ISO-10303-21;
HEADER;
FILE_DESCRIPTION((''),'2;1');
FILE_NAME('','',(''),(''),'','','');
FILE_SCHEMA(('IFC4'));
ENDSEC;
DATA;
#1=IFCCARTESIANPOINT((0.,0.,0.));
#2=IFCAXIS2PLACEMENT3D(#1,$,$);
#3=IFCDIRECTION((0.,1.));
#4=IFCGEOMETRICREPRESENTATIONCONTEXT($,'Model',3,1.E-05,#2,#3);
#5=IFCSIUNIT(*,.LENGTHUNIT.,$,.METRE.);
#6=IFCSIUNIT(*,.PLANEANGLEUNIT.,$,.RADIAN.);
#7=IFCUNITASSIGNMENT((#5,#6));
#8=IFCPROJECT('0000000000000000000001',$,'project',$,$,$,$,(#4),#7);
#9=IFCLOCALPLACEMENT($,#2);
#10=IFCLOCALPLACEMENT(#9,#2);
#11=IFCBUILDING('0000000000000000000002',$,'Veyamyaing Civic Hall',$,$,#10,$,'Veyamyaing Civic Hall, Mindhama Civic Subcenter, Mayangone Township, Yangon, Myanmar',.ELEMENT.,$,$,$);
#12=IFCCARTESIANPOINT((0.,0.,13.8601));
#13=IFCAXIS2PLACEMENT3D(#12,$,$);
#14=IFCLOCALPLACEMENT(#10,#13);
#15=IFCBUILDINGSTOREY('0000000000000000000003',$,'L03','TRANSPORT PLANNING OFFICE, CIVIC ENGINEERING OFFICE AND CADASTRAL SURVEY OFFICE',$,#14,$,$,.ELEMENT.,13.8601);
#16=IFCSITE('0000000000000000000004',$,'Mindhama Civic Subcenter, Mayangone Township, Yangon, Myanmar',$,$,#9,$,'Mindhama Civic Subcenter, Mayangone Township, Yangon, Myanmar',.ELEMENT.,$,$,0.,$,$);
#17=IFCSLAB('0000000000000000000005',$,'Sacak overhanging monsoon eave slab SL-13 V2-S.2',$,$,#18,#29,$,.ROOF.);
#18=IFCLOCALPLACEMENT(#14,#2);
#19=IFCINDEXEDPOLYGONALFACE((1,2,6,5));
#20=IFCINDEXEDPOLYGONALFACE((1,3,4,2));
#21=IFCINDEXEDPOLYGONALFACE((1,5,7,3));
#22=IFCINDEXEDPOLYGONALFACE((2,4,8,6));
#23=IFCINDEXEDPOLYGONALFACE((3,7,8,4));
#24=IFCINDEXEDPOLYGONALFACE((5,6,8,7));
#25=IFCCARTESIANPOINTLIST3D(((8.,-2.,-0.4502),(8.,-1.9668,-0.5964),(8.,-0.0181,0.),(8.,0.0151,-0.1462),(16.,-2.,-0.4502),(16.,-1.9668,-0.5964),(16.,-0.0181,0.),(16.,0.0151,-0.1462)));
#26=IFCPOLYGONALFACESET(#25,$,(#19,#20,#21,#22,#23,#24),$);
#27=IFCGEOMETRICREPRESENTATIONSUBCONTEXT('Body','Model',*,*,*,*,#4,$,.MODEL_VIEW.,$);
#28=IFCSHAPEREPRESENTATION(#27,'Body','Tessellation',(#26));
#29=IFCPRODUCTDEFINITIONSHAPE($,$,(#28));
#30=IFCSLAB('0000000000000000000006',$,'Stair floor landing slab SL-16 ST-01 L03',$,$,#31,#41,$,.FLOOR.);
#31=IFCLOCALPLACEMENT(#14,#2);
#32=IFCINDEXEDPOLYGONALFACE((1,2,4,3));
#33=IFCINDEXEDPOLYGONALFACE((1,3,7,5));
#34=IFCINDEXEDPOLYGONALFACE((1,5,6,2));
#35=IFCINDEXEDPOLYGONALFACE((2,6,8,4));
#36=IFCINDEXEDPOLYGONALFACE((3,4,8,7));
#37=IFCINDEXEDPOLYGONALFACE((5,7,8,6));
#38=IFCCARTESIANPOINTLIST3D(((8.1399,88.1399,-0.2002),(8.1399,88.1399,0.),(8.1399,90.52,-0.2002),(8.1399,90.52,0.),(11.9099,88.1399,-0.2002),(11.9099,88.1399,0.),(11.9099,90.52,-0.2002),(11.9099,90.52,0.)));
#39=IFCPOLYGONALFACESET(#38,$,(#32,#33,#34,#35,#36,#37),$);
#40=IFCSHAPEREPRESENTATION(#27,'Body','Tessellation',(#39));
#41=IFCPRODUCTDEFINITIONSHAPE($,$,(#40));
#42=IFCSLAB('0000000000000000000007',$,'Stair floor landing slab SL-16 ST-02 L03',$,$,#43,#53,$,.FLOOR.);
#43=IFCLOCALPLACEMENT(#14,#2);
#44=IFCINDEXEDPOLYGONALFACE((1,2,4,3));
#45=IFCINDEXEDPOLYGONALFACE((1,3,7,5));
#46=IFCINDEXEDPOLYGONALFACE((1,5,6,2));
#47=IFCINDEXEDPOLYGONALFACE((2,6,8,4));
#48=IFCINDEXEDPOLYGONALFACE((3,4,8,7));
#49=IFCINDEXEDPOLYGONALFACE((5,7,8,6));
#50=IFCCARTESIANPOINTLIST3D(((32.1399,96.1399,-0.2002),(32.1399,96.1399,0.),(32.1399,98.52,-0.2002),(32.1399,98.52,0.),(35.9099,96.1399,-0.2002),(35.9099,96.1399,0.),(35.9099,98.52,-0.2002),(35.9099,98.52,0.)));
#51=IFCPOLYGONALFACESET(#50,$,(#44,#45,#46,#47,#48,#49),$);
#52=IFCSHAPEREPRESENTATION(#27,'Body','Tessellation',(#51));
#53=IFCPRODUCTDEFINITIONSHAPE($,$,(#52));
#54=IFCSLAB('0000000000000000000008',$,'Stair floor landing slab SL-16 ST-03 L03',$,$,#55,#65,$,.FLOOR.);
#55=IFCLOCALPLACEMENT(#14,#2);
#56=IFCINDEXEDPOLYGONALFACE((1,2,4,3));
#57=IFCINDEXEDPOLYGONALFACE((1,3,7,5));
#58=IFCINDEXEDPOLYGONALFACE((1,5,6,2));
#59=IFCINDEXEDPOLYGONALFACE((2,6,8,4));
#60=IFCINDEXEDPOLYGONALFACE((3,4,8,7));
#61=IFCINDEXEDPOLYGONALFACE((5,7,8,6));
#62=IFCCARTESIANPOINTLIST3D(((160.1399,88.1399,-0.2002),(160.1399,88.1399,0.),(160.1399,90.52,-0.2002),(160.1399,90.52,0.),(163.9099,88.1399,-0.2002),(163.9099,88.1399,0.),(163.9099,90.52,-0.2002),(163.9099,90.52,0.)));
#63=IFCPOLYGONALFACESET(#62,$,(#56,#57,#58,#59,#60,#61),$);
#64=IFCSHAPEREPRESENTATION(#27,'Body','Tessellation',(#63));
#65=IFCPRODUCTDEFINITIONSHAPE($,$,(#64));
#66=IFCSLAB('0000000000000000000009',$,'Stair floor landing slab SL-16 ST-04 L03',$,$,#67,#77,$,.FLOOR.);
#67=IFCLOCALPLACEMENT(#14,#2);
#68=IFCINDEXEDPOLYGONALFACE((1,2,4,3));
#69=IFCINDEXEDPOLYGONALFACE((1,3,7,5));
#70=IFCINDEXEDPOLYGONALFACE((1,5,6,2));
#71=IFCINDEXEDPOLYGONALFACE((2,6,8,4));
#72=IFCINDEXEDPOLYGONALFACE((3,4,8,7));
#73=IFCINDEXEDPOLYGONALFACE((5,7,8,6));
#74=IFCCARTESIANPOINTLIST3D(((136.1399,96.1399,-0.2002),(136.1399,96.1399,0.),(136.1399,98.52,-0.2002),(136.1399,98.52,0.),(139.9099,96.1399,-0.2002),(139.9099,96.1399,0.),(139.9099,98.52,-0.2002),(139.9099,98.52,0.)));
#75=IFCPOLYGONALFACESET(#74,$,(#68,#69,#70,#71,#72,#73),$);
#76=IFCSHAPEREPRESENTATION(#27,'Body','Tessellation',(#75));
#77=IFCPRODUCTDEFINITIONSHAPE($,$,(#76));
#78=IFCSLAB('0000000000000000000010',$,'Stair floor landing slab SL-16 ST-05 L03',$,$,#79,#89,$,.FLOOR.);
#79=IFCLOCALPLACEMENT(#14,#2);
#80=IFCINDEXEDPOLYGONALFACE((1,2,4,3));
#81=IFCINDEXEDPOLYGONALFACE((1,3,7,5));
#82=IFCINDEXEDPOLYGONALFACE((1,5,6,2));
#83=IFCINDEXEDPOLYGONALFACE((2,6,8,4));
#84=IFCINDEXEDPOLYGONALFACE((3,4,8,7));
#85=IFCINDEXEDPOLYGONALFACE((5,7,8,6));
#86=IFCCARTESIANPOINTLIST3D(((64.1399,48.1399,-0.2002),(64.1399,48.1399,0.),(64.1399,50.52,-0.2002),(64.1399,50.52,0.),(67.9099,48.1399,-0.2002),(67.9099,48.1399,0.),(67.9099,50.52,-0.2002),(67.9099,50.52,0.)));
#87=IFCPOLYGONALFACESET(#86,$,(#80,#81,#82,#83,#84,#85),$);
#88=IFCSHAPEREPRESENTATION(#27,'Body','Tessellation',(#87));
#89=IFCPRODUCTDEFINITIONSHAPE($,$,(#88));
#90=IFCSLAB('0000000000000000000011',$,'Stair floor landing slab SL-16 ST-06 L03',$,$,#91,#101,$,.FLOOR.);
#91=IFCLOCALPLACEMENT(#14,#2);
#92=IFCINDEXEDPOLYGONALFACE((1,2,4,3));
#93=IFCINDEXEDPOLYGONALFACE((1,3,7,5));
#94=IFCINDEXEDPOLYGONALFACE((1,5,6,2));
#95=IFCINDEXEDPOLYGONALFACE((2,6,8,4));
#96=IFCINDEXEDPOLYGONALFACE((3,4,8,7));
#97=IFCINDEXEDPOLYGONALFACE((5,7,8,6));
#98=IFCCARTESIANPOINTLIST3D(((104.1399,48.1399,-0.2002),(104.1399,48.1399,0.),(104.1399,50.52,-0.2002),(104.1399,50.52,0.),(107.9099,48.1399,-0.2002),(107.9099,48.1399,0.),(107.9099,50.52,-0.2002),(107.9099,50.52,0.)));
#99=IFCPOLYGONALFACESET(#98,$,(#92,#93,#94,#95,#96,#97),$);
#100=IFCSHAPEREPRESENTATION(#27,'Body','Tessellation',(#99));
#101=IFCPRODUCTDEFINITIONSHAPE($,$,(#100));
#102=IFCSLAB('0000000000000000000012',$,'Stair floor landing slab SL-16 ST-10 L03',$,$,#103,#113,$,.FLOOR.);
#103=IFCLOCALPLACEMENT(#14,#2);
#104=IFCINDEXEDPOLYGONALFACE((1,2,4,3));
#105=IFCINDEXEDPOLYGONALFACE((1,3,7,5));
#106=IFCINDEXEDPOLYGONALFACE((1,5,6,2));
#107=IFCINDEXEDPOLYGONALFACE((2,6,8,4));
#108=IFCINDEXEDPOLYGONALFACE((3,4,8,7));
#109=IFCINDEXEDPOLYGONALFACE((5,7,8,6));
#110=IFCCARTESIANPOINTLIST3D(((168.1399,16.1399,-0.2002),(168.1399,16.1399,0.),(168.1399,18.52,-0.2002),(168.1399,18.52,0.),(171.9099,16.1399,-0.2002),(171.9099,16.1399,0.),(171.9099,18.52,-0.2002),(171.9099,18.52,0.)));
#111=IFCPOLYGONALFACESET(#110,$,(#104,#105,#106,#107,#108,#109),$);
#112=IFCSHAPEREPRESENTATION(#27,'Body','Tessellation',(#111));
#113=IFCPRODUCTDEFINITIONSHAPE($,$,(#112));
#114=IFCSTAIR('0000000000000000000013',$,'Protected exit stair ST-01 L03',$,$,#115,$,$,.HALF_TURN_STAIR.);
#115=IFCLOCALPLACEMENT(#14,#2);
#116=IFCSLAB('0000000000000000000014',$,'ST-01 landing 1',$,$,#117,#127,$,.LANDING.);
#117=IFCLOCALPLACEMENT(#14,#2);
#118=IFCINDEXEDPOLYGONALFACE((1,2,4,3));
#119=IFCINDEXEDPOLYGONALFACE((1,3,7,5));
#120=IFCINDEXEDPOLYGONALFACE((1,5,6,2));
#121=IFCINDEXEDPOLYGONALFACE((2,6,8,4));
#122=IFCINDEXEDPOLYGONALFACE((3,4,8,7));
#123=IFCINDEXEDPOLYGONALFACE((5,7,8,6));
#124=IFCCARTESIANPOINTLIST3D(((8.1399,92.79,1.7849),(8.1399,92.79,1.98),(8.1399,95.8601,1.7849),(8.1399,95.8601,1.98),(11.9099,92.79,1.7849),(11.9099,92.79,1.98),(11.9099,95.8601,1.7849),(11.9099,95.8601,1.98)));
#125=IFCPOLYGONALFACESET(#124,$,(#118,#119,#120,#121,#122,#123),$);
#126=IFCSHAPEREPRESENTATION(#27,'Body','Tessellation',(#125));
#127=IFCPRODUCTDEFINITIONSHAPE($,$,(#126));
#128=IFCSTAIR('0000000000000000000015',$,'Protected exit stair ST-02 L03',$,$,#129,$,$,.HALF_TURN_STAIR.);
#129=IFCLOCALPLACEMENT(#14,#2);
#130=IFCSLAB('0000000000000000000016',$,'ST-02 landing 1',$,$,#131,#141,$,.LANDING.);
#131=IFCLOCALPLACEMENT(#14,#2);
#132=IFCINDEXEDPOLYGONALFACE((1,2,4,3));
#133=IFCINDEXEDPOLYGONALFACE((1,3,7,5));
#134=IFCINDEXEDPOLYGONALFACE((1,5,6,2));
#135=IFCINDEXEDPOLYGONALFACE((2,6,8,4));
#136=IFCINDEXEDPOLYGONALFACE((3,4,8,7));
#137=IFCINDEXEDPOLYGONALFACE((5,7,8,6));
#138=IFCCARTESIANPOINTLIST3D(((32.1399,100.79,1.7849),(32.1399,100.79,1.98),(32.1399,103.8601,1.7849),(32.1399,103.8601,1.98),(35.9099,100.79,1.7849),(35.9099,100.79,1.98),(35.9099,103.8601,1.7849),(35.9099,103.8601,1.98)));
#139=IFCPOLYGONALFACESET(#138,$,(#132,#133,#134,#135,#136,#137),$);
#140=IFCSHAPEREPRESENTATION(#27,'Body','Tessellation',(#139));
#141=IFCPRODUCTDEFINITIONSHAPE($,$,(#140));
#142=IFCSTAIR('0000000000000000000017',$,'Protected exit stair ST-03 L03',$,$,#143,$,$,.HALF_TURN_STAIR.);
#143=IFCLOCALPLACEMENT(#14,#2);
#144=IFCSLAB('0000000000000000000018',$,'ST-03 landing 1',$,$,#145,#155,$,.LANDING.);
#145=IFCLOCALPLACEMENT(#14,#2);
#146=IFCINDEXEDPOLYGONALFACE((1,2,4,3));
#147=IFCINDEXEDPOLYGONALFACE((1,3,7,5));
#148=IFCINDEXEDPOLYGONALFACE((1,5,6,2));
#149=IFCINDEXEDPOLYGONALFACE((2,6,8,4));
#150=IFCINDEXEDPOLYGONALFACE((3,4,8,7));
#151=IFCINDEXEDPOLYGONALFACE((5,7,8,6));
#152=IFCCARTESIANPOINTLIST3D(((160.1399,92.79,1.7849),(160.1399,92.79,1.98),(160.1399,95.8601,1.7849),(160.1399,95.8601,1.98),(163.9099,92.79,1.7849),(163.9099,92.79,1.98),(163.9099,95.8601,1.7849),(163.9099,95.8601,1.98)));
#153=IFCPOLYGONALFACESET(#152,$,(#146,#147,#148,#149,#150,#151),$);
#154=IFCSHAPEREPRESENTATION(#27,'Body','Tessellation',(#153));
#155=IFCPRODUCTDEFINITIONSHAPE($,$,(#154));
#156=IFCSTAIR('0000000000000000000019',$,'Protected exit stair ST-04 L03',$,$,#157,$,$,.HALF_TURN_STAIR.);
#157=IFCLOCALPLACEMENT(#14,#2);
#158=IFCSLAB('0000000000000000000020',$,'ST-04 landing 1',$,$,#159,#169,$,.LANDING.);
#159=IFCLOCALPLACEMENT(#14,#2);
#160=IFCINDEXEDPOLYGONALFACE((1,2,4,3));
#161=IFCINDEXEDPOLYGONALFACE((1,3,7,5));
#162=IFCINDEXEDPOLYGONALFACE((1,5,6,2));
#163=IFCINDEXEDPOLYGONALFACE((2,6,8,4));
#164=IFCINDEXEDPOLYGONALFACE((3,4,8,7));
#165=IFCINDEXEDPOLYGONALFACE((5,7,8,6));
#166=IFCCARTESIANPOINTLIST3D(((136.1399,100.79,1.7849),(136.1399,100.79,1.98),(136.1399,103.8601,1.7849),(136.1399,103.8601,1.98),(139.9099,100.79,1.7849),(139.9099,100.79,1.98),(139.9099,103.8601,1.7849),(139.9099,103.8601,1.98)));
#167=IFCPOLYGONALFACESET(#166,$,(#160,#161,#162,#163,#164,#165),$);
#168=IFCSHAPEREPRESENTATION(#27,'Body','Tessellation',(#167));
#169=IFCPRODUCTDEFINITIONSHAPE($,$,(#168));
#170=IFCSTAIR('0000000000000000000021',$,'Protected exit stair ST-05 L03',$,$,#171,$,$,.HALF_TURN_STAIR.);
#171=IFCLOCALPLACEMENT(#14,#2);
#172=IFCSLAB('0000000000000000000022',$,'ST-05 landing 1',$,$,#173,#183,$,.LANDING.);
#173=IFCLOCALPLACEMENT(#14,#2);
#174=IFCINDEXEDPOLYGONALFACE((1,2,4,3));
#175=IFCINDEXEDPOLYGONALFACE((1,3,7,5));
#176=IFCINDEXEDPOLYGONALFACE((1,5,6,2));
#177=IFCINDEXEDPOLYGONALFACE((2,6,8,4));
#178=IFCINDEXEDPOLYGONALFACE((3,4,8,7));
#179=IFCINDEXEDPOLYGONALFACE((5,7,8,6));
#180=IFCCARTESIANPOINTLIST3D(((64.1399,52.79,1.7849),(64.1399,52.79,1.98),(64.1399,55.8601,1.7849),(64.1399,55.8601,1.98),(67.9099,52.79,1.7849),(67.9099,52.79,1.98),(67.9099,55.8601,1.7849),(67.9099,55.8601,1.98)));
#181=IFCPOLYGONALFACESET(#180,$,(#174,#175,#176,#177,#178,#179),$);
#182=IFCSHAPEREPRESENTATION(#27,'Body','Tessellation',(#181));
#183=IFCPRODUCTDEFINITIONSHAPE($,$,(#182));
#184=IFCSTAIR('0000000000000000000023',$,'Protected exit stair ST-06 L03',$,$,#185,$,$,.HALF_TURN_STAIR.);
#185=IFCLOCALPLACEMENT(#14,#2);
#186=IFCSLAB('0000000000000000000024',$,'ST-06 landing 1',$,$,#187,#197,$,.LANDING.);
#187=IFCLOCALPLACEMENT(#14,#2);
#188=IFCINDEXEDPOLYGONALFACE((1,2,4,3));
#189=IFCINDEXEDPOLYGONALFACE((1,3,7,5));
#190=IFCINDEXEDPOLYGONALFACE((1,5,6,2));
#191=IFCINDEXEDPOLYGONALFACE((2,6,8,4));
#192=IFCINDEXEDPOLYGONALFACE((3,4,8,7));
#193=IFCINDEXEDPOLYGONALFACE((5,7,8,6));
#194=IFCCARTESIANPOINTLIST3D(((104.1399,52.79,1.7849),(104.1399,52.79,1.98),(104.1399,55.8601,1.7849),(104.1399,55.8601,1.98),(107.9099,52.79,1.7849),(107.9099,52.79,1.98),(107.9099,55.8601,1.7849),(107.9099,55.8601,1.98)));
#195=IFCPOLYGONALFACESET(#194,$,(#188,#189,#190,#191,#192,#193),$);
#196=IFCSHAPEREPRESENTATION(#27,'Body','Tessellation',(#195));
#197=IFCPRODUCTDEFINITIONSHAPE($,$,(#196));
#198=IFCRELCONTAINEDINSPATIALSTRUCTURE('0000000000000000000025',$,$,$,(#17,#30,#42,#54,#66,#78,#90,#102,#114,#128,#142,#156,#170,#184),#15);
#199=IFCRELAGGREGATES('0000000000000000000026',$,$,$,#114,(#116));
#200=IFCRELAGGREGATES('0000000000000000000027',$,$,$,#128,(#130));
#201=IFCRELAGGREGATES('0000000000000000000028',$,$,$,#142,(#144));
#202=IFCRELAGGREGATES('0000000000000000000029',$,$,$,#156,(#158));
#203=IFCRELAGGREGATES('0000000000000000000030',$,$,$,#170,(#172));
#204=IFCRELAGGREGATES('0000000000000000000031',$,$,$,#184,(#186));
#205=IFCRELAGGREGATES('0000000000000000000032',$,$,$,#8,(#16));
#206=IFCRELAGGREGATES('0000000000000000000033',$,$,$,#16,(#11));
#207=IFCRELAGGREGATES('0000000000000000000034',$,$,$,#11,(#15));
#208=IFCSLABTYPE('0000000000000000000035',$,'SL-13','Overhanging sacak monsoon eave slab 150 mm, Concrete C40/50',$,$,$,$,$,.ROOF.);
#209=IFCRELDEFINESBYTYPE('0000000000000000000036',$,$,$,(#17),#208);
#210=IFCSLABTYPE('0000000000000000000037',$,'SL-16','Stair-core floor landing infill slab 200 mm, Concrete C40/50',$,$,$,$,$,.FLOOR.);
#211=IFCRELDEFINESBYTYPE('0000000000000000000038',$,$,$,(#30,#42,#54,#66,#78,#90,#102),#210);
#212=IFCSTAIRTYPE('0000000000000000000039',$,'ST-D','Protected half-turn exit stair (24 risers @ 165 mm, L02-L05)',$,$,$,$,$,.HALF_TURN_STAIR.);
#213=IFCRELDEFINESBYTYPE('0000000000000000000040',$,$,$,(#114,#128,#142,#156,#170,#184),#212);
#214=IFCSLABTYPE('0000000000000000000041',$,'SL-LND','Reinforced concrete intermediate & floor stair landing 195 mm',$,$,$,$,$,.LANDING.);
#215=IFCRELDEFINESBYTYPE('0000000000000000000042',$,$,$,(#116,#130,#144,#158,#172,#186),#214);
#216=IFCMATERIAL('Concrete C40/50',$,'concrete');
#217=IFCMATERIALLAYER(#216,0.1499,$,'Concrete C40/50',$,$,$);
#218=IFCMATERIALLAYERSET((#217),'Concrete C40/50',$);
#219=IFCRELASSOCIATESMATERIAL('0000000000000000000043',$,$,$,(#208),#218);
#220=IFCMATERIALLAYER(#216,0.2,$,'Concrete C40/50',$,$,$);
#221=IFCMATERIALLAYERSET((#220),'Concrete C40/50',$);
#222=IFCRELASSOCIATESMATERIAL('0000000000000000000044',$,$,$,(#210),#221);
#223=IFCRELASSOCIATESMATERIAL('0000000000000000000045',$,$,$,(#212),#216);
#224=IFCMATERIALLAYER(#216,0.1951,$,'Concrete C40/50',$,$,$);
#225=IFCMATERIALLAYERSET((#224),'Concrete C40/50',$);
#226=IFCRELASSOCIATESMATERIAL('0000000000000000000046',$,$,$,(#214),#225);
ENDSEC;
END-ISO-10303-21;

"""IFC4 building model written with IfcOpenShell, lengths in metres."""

from ifc_helpers import new_model, si_unit, direction, frame, origin, place, context, subcontext, project, spatial, polyline, outline, extrude, material, layer, layer_set, type_object, element, aggregate, save


model = new_model("IFC4")

# Units and contexts
model_context = context("Model", 3, precision=1e-05, world=origin(), true_north=direction((0.0, 1.0)))
body_context = subcontext(model_context, "Body", "Model", "MODEL_VIEW")
ifc_project = project(units=[si_unit("LENGTHUNIT", "METRE"), si_unit("PLANEANGLEUNIT", "RADIAN")], contexts=[model_context])

# Site, building, storey
site_placement = place(None, origin())
site = spatial("IfcSite", under=ifc_project, at=site_placement, Name="Mindhama Civic Subcenter, Mayangone Township, Yangon, Myanmar", LongName="Mindhama Civic Subcenter, Mayangone Township, Yangon, Myanmar", CompositionType="ELEMENT", RefElevation=0.0)
building_placement = place(site_placement, origin())
building = spatial("IfcBuilding", under=site, at=building_placement, Name="Veyamyaing Civic Hall", LongName="Veyamyaing Civic Hall, Mindhama Civic Subcenter, Mayangone Township, Yangon, Myanmar", CompositionType="ELEMENT")
storey_placement = place(building_placement, frame((0.0, 0.0, 13.8601)))
storey = spatial("IfcBuildingStorey", under=building, at=storey_placement, Name="L03", Description="TRANSPORT PLANNING OFFICE, CIVIC ENGINEERING OFFICE AND CADASTRAL SURVEY OFFICE", CompositionType="ELEMENT", Elevation=13.8601)

# Slabs
ifc_material_1 = material(Name="Concrete C40/50", Category="concrete")
ifc_layer_1 = layer(ifc_material_1, 0.1499, Name="Concrete C40/50")
ifc_layer_set_1 = layer_set([ifc_layer_1], Name="Concrete C40/50")
slab_type_1 = type_object("IfcSlabType", Name="SL-13", Description="Overhanging sacak monsoon eave slab 150 mm, Concrete C40/50", PredefinedType="ROOF", material=ifc_layer_set_1)
slab_1_placement = place(storey_placement, frame((8.0, -2.0, -0.4502), z_axis=(0.0, -0.221507, 0.975159), x_axis=(1.0, 0.0, 0.0)))
element("IfcSlab", 1, at=slab_1_placement, inside=storey, type_object=slab_type_1, Name="Sacak overhanging monsoon eave slab SL-13 V2-S.2", PredefinedType="ROOF", context=body_context, shape_type="SweptSolid", body=[
    extrude(outline(polyline([(0.0, 0.0), (8.0, 0.0), (8.0, 2.0324), (0.0, 2.0324), (0.0, 0.0)])), origin(), (0.0, 0.0, -1.0), 0.1499),
])
ifc_layer_2 = layer(ifc_material_1, 0.2, Name="Concrete C40/50")
ifc_layer_set_2 = layer_set([ifc_layer_2], Name="Concrete C40/50")
slab_type_2 = type_object("IfcSlabType", Name="SL-16", Description="Stair-core floor landing infill slab 200 mm, Concrete C40/50", PredefinedType="FLOOR", material=ifc_layer_set_2)
slab_2_placement = place(storey_placement, frame((0.0, 0.0, -0.2002)))
element("IfcSlab", 2, at=slab_2_placement, inside=storey, type_object=slab_type_2, Name="Stair floor landing slab SL-16 ST-01 L03", PredefinedType="FLOOR", context=body_context, shape_type="SweptSolid", body=[
    extrude(outline(polyline([(8.1399, 88.1399), (11.9099, 88.1399), (11.9099, 90.52), (8.1399, 90.52), (8.1399, 88.1399)])), origin(), (0.0, 0.0, 1.0), 0.2002),
])
slab_3_placement = place(storey_placement, frame((0.0, 0.0, -0.2002)))
element("IfcSlab", 3, at=slab_3_placement, inside=storey, type_object=slab_type_2, Name="Stair floor landing slab SL-16 ST-02 L03", PredefinedType="FLOOR", context=body_context, shape_type="SweptSolid", body=[
    extrude(outline(polyline([(32.1399, 96.1399), (35.9099, 96.1399), (35.9099, 98.52), (32.1399, 98.52), (32.1399, 96.1399)])), origin(), (0.0, 0.0, 1.0), 0.2002),
])
slab_4_placement = place(storey_placement, frame((0.0, 0.0, -0.2002)))
element("IfcSlab", 4, at=slab_4_placement, inside=storey, type_object=slab_type_2, Name="Stair floor landing slab SL-16 ST-03 L03", PredefinedType="FLOOR", context=body_context, shape_type="SweptSolid", body=[
    extrude(outline(polyline([(160.1399, 88.1399), (163.9099, 88.1399), (163.9099, 90.52), (160.1399, 90.52), (160.1399, 88.1399)])), origin(), (0.0, 0.0, 1.0), 0.2002),
])
slab_5_placement = place(storey_placement, frame((0.0, 0.0, -0.2002)))
element("IfcSlab", 5, at=slab_5_placement, inside=storey, type_object=slab_type_2, Name="Stair floor landing slab SL-16 ST-04 L03", PredefinedType="FLOOR", context=body_context, shape_type="SweptSolid", body=[
    extrude(outline(polyline([(136.1399, 96.1399), (139.9099, 96.1399), (139.9099, 98.52), (136.1399, 98.52), (136.1399, 96.1399)])), origin(), (0.0, 0.0, 1.0), 0.2002),
])
slab_6_placement = place(storey_placement, frame((0.0, 0.0, -0.2002)))
element("IfcSlab", 6, at=slab_6_placement, inside=storey, type_object=slab_type_2, Name="Stair floor landing slab SL-16 ST-05 L03", PredefinedType="FLOOR", context=body_context, shape_type="SweptSolid", body=[
    extrude(outline(polyline([(64.1399, 48.1399), (67.9099, 48.1399), (67.9099, 50.52), (64.1399, 50.52), (64.1399, 48.1399)])), origin(), (0.0, 0.0, 1.0), 0.2002),
])
slab_7_placement = place(storey_placement, frame((0.0, 0.0, -0.2002)))
element("IfcSlab", 7, at=slab_7_placement, inside=storey, type_object=slab_type_2, Name="Stair floor landing slab SL-16 ST-06 L03", PredefinedType="FLOOR", context=body_context, shape_type="SweptSolid", body=[
    extrude(outline(polyline([(104.1399, 48.1399), (107.9099, 48.1399), (107.9099, 50.52), (104.1399, 50.52), (104.1399, 48.1399)])), origin(), (0.0, 0.0, 1.0), 0.2002),
])
slab_8_placement = place(storey_placement, frame((0.0, 0.0, -0.2002)))
element("IfcSlab", 8, at=slab_8_placement, inside=storey, type_object=slab_type_2, Name="Stair floor landing slab SL-16 ST-10 L03", PredefinedType="FLOOR", context=body_context, shape_type="SweptSolid", body=[
    extrude(outline(polyline([(168.1399, 16.1399), (171.9099, 16.1399), (171.9099, 18.52), (168.1399, 18.52), (168.1399, 16.1399)])), origin(), (0.0, 0.0, 1.0), 0.2002),
])

# Stairs, slabs
stair_type = type_object("IfcStairType", Name="ST-D", Description="Protected half-turn exit stair (24 risers @ 165 mm, L02-L05)", PredefinedType="HALF_TURN_STAIR", material=ifc_material_1)
stair_1_placement = place(storey_placement, origin())
stair_1 = element("IfcStair", 9, at=stair_1_placement, inside=storey, type_object=stair_type, Name="Protected exit stair ST-01 L03", PredefinedType="HALF_TURN_STAIR")
ifc_layer_3 = layer(ifc_material_1, 0.1951, Name="Concrete C40/50")
ifc_layer_set_3 = layer_set([ifc_layer_3], Name="Concrete C40/50")
slab_type_3 = type_object("IfcSlabType", Name="SL-LND", Description="Reinforced concrete intermediate & floor stair landing 195 mm", PredefinedType="LANDING", material=ifc_layer_set_3)
slab_9_placement = place(storey_placement, frame((0.0, 0.0, 1.7849)))
slab_9 = element("IfcSlab", 10, at=slab_9_placement, type_object=slab_type_3, Name="ST-01 landing 1", PredefinedType="LANDING", context=body_context, shape_type="SweptSolid", body=[
    extrude(outline(polyline([(8.1399, 92.79), (11.9099, 92.79), (11.9099, 95.8601), (8.1399, 95.8601), (8.1399, 92.79)])), origin(), (0.0, 0.0, 1.0), 0.1951),
])
aggregate(stair_1, [slab_9])
stair_2_placement = place(storey_placement, origin())
stair_2 = element("IfcStair", 11, at=stair_2_placement, inside=storey, type_object=stair_type, Name="Protected exit stair ST-02 L03", PredefinedType="HALF_TURN_STAIR")
slab_10_placement = place(storey_placement, frame((0.0, 0.0, 1.7849)))
slab_10 = element("IfcSlab", 12, at=slab_10_placement, type_object=slab_type_3, Name="ST-02 landing 1", PredefinedType="LANDING", context=body_context, shape_type="SweptSolid", body=[
    extrude(outline(polyline([(32.1399, 100.79), (35.9099, 100.79), (35.9099, 103.8601), (32.1399, 103.8601), (32.1399, 100.79)])), origin(), (0.0, 0.0, 1.0), 0.1951),
])
aggregate(stair_2, [slab_10])
stair_3_placement = place(storey_placement, origin())
stair_3 = element("IfcStair", 13, at=stair_3_placement, inside=storey, type_object=stair_type, Name="Protected exit stair ST-03 L03", PredefinedType="HALF_TURN_STAIR")
slab_11_placement = place(storey_placement, frame((0.0, 0.0, 1.7849)))
slab_11 = element("IfcSlab", 14, at=slab_11_placement, type_object=slab_type_3, Name="ST-03 landing 1", PredefinedType="LANDING", context=body_context, shape_type="SweptSolid", body=[
    extrude(outline(polyline([(160.1399, 92.79), (163.9099, 92.79), (163.9099, 95.8601), (160.1399, 95.8601), (160.1399, 92.79)])), origin(), (0.0, 0.0, 1.0), 0.1951),
])
aggregate(stair_3, [slab_11])
stair_4_placement = place(storey_placement, origin())
stair_4 = element("IfcStair", 15, at=stair_4_placement, inside=storey, type_object=stair_type, Name="Protected exit stair ST-04 L03", PredefinedType="HALF_TURN_STAIR")
slab_12_placement = place(storey_placement, frame((0.0, 0.0, 1.7849)))
slab_12 = element("IfcSlab", 16, at=slab_12_placement, type_object=slab_type_3, Name="ST-04 landing 1", PredefinedType="LANDING", context=body_context, shape_type="SweptSolid", body=[
    extrude(outline(polyline([(136.1399, 100.79), (139.9099, 100.79), (139.9099, 103.8601), (136.1399, 103.8601), (136.1399, 100.79)])), origin(), (0.0, 0.0, 1.0), 0.1951),
])
aggregate(stair_4, [slab_12])
stair_5_placement = place(storey_placement, origin())
stair_5 = element("IfcStair", 17, at=stair_5_placement, inside=storey, type_object=stair_type, Name="Protected exit stair ST-05 L03", PredefinedType="HALF_TURN_STAIR")
slab_13_placement = place(storey_placement, frame((0.0, 0.0, 1.7849)))
slab_13 = element("IfcSlab", 18, at=slab_13_placement, type_object=slab_type_3, Name="ST-05 landing 1", PredefinedType="LANDING", context=body_context, shape_type="SweptSolid", body=[
    extrude(outline(polyline([(64.1399, 52.79), (67.9099, 52.79), (67.9099, 55.8601), (64.1399, 55.8601), (64.1399, 52.79)])), origin(), (0.0, 0.0, 1.0), 0.1951),
])
aggregate(stair_5, [slab_13])
stair_6_placement = place(storey_placement, origin())
stair_6 = element("IfcStair", 19, at=stair_6_placement, inside=storey, type_object=stair_type, Name="Protected exit stair ST-06 L03", PredefinedType="HALF_TURN_STAIR")
slab_14_placement = place(storey_placement, frame((0.0, 0.0, 1.7849)))
slab_14 = element("IfcSlab", 20, at=slab_14_placement, type_object=slab_type_3, Name="ST-06 landing 1", PredefinedType="LANDING", context=body_context, shape_type="SweptSolid", body=[
    extrude(outline(polyline([(104.1399, 52.79), (107.9099, 52.79), (107.9099, 55.8601), (104.1399, 55.8601), (104.1399, 52.79)])), origin(), (0.0, 0.0, 1.0), 0.1951),
])
aggregate(stair_6, [slab_14])

save(model, "model.ifc")
